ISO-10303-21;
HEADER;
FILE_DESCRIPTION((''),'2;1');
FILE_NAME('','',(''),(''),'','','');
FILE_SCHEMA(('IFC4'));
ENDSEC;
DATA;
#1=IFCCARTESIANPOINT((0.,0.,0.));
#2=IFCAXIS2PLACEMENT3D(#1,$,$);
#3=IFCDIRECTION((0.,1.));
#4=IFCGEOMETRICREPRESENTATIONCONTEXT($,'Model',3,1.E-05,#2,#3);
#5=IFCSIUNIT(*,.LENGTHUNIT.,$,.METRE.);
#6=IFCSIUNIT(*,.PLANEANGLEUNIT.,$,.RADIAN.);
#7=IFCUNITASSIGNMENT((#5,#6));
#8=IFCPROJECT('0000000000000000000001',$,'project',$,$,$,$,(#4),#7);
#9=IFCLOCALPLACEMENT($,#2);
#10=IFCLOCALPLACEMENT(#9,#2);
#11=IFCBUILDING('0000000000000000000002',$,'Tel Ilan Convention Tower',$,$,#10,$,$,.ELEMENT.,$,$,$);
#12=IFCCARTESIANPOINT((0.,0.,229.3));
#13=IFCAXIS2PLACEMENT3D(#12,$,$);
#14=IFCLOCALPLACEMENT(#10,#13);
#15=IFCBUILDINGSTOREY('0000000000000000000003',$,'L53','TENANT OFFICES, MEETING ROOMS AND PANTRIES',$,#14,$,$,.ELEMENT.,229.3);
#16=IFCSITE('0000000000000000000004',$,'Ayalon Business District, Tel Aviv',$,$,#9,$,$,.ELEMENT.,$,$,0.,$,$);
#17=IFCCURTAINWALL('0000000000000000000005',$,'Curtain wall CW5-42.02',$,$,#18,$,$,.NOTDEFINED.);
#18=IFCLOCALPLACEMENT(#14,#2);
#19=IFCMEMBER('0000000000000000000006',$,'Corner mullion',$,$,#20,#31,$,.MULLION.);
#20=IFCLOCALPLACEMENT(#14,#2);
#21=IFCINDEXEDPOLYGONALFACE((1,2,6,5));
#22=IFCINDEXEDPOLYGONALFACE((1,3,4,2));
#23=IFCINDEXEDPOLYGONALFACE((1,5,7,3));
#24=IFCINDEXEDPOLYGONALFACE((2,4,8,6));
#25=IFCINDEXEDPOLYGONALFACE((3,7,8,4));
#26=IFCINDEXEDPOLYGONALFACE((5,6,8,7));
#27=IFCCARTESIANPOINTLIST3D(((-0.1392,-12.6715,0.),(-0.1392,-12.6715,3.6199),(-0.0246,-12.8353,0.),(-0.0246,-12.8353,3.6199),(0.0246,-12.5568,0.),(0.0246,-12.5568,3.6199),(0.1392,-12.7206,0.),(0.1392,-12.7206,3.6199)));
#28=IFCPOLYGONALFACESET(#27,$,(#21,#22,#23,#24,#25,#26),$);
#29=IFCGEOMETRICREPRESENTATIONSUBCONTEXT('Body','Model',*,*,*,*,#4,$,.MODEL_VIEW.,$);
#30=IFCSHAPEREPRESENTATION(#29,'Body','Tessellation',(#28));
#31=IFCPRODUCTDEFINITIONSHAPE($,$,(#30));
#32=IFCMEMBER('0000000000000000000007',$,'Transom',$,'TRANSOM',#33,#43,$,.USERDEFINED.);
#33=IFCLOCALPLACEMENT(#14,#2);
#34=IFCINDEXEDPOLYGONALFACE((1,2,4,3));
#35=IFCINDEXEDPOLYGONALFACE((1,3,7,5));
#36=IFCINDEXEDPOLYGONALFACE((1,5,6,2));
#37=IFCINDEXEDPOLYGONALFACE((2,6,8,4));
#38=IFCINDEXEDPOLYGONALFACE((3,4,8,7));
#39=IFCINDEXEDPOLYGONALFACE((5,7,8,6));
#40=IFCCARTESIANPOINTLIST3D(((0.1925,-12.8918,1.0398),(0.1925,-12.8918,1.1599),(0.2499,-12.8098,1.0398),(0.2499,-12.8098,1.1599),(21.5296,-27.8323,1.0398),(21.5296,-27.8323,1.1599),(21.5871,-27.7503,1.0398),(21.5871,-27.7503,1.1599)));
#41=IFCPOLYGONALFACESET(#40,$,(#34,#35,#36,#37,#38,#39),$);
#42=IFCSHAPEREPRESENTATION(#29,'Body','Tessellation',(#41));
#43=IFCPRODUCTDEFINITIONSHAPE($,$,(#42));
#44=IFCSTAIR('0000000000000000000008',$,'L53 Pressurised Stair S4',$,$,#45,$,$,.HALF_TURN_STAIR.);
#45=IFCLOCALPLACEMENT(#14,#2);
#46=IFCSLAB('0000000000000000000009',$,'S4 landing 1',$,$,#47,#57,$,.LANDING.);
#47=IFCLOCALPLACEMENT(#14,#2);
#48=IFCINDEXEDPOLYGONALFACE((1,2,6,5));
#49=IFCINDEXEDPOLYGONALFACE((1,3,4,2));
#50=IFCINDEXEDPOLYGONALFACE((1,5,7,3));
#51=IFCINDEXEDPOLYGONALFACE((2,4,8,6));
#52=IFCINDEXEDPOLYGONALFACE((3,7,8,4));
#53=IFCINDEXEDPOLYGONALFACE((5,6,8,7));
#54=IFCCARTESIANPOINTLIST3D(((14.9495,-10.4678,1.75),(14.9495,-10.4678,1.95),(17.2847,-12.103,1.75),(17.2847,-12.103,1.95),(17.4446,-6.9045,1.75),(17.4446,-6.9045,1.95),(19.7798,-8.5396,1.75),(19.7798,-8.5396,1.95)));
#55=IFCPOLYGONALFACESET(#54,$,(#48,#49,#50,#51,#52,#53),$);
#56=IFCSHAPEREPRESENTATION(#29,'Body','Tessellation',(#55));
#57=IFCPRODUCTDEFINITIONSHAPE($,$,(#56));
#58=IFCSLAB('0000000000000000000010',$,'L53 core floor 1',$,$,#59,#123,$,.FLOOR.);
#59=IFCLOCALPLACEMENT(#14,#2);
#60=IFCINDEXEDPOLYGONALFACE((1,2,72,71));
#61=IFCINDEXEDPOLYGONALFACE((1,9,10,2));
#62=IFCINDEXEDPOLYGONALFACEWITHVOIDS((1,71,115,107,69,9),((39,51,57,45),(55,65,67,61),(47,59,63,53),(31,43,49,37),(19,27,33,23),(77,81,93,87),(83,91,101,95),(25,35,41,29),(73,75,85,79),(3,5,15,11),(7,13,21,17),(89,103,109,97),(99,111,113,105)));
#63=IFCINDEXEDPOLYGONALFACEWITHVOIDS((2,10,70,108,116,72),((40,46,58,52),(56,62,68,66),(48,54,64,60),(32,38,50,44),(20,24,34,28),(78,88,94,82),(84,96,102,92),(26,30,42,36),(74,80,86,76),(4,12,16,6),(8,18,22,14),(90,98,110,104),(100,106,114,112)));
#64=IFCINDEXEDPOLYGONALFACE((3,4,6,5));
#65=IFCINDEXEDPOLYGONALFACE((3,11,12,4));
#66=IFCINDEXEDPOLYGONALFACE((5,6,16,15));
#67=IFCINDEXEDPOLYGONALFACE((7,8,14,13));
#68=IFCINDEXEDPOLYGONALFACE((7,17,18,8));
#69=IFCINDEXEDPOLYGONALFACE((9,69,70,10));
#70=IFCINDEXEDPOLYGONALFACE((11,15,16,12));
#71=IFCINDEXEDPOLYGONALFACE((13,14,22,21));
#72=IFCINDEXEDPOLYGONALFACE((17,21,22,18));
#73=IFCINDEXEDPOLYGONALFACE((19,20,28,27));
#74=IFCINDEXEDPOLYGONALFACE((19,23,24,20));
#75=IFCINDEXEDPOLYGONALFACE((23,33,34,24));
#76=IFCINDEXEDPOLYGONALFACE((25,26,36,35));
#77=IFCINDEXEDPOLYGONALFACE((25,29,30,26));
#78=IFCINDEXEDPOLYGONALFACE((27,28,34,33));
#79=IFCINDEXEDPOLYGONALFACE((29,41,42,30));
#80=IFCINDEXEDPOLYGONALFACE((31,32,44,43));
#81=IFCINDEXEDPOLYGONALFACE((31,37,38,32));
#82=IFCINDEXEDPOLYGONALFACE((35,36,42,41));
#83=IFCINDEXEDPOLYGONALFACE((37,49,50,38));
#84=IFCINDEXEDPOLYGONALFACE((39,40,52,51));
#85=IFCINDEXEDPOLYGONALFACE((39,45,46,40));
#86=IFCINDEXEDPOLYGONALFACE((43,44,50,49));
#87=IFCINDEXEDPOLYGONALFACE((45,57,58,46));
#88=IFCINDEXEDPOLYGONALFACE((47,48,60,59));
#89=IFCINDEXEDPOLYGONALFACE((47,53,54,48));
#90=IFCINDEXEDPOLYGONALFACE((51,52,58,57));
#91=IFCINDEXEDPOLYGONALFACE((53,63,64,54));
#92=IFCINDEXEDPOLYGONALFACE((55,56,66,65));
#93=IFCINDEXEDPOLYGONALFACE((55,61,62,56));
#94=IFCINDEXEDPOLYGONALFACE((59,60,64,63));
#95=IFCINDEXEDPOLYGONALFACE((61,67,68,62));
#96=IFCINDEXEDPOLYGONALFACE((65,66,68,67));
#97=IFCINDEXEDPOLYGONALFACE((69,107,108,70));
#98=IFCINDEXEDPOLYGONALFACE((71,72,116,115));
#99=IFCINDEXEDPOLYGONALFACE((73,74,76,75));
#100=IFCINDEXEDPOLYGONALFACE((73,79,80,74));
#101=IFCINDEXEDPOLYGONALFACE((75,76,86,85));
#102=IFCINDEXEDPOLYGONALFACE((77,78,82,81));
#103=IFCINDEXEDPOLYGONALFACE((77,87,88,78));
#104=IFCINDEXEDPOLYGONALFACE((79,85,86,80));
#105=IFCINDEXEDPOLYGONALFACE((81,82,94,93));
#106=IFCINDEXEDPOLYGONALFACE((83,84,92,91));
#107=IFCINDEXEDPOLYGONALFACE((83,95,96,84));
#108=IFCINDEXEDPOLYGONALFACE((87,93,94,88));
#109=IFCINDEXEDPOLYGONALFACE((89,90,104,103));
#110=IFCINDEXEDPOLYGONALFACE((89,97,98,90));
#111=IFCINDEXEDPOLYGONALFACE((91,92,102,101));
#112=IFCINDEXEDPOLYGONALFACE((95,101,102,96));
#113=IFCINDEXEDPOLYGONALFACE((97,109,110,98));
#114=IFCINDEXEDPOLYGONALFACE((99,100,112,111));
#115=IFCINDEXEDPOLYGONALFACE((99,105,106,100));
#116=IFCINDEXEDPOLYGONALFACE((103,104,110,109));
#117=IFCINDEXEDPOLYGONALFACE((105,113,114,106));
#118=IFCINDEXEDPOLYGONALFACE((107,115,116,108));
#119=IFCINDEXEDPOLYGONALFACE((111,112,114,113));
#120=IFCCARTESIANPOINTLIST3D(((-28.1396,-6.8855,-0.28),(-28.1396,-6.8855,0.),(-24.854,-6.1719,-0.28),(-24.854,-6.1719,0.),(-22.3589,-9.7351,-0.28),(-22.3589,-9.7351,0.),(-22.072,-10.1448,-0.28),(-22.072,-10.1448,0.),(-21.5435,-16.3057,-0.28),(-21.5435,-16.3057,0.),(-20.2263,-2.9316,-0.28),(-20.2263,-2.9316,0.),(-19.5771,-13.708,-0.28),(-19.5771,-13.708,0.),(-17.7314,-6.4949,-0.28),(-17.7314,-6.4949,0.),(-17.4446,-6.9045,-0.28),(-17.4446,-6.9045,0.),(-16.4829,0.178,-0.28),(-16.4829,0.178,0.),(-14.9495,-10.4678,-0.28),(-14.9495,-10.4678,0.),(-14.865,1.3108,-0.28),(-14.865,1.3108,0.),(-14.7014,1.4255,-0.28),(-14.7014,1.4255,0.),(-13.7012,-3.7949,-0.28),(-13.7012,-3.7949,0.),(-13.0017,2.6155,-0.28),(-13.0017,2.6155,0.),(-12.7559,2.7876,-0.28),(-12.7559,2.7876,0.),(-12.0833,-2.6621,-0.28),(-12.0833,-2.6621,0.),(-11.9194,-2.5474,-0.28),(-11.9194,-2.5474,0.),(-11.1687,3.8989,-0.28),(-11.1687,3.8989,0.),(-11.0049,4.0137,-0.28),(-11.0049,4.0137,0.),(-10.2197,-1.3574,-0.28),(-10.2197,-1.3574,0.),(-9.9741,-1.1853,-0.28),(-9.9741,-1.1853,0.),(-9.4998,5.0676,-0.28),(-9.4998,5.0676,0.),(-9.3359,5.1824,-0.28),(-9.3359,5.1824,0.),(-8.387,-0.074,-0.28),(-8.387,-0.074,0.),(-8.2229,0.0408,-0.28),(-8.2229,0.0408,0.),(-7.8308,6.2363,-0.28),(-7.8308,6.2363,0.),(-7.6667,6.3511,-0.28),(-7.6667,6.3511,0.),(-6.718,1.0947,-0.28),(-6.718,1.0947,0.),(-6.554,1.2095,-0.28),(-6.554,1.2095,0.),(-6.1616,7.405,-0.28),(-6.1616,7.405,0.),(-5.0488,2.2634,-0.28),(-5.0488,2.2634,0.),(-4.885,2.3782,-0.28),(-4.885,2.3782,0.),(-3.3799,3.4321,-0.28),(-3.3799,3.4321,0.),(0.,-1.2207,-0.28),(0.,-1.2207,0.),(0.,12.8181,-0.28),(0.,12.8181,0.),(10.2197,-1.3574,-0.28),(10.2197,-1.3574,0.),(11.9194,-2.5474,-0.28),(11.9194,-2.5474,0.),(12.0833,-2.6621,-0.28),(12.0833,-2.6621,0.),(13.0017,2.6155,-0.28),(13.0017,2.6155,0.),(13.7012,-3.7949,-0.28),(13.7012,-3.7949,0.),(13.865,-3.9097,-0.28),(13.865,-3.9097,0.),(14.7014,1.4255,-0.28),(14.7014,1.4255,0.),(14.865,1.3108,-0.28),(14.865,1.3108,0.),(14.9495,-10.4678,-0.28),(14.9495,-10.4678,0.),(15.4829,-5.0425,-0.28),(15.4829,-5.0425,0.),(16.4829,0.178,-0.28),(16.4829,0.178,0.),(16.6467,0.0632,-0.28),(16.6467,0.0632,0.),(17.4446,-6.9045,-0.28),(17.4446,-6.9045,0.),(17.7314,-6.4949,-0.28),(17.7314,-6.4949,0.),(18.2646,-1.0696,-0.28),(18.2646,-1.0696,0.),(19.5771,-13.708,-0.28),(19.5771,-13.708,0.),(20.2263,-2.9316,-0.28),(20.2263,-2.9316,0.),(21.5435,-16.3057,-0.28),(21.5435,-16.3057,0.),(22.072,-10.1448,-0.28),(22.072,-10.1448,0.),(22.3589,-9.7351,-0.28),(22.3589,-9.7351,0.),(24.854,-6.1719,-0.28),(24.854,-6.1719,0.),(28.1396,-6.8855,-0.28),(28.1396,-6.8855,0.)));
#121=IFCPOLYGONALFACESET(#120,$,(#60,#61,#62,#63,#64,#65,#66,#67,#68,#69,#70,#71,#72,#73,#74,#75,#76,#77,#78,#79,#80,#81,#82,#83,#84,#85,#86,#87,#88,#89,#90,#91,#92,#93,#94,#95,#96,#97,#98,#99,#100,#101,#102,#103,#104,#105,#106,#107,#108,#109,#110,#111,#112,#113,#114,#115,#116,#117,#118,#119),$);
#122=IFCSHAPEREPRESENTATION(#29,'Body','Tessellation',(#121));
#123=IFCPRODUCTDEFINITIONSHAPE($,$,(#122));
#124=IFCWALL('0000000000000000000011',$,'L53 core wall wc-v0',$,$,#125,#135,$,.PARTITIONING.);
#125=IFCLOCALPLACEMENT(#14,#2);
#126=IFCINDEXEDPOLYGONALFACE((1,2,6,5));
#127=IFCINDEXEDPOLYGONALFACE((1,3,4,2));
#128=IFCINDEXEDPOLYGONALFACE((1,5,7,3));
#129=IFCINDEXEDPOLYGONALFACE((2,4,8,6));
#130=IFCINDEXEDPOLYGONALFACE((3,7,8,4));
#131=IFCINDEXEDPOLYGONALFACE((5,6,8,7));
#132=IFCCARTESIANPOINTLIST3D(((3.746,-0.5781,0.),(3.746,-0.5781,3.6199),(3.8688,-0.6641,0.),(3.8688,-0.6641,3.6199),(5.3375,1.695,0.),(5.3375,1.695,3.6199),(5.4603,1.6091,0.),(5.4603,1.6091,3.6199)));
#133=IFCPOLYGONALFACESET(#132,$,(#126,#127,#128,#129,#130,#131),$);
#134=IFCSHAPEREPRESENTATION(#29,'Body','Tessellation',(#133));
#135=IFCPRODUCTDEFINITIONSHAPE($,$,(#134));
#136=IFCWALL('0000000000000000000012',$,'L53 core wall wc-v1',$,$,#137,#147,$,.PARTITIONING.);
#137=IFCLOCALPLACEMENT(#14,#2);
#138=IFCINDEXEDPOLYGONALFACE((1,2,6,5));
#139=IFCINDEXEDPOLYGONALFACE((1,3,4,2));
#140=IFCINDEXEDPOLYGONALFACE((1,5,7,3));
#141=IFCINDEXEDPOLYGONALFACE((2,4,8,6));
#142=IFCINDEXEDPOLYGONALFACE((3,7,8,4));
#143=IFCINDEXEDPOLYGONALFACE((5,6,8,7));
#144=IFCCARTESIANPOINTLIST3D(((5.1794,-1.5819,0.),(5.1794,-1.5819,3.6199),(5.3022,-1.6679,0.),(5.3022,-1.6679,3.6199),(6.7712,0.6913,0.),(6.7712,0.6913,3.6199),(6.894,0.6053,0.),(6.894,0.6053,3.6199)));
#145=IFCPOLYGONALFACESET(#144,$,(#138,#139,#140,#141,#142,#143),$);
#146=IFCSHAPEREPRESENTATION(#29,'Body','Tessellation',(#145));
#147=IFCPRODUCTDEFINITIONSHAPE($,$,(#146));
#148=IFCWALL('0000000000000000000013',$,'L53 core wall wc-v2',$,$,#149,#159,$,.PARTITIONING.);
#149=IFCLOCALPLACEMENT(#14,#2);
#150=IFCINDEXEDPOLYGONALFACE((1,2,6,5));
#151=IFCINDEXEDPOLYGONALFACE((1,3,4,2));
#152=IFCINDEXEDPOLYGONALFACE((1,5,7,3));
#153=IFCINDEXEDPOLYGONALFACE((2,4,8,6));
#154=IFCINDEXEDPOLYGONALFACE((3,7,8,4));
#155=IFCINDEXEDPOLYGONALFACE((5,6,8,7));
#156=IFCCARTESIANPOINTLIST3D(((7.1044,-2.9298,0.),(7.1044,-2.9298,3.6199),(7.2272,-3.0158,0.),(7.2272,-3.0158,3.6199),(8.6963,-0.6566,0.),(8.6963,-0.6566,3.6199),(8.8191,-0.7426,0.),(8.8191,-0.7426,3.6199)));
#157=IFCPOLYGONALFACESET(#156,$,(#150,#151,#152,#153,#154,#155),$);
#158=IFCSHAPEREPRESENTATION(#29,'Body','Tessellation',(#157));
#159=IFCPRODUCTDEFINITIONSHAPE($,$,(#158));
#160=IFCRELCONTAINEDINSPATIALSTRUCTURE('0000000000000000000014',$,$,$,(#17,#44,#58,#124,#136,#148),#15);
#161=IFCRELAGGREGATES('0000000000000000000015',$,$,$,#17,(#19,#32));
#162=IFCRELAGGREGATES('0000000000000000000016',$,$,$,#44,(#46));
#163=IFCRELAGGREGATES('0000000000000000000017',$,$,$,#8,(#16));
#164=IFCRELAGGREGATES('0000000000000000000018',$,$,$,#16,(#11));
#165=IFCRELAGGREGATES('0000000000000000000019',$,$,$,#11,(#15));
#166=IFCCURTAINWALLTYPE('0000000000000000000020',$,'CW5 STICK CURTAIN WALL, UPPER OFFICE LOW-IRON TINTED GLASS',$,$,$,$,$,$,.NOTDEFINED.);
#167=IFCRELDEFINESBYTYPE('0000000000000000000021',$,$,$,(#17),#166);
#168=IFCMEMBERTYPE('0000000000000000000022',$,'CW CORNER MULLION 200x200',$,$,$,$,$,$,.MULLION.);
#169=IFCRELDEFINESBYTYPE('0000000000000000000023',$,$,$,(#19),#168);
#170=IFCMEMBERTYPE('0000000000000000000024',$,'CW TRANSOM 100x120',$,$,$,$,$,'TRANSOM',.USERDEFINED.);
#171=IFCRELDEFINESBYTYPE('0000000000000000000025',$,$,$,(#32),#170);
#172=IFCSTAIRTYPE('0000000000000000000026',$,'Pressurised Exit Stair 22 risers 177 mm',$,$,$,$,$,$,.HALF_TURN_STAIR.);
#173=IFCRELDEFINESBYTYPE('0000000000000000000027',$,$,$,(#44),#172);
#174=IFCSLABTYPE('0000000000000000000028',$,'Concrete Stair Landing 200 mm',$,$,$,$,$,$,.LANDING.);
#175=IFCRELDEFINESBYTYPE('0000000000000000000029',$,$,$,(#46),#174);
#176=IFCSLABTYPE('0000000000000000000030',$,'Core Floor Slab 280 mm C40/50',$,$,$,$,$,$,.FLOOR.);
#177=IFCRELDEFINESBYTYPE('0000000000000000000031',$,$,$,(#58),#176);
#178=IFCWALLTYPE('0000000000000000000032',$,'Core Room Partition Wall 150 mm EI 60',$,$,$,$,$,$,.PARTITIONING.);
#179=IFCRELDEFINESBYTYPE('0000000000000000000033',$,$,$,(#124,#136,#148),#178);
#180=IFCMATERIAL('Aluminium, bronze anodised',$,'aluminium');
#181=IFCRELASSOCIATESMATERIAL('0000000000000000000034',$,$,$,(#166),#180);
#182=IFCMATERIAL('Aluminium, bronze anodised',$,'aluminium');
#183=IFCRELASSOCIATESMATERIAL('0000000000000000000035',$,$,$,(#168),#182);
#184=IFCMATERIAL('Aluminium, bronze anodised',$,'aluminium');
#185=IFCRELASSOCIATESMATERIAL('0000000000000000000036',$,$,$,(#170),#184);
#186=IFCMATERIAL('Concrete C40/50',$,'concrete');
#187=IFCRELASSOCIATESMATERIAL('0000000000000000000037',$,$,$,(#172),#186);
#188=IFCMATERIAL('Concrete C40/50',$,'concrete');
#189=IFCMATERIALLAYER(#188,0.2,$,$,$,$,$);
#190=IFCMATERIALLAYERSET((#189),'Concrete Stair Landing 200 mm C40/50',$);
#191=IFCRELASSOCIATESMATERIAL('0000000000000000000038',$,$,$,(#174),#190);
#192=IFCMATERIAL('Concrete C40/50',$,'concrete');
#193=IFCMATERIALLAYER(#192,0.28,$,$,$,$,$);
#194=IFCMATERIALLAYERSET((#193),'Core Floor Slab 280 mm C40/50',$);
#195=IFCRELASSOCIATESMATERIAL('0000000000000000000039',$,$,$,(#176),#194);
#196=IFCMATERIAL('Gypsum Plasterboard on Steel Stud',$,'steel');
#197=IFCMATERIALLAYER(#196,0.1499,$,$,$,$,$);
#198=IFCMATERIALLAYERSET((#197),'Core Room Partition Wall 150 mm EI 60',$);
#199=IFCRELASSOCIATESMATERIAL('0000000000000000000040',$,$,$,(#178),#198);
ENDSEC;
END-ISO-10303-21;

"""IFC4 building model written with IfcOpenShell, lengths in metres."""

from ifc_helpers import new_model, si_unit, direction, frame, frame_2d, origin, origin_2d, place, context, subcontext, project, spatial, polyline, rectangle, outline, extrude, material, layer, layer_set, material_profile, profile_set, type_object, element, aggregate, save


model = new_model("IFC4")

# Units and contexts
model_context = context("Model", 3, precision=1e-05, world=origin(), true_north=direction((0.0, 1.0)))
body_context = subcontext(model_context, "Body", "Model", "MODEL_VIEW")
ifc_project = project(units=[si_unit("LENGTHUNIT", "METRE"), si_unit("PLANEANGLEUNIT", "RADIAN")], contexts=[model_context])

# Site, building, storey
site_placement = place(None, origin())
site = spatial("IfcSite", under=ifc_project, at=site_placement, Name="Ayalon Business District, Tel Aviv", CompositionType="ELEMENT", RefElevation=0.0)
building_placement = place(site_placement, origin())
building = spatial("IfcBuilding", under=site, at=building_placement, Name="Tel Ilan Convention Tower", CompositionType="ELEMENT")
storey_placement = place(building_placement, frame((0.0, 0.0, 229.3)))
storey = spatial("IfcBuildingStorey", under=building, at=storey_placement, Name="L53", Description="TENANT OFFICES, MEETING ROOMS AND PANTRIES", CompositionType="ELEMENT", Elevation=229.3)

# Curtain wall, members
ifc_material_1 = material(Name="Aluminium, bronze anodised", Category="aluminium")
curtain_wall_type = type_object("IfcCurtainWallType", Name="CW5 STICK CURTAIN WALL, UPPER OFFICE LOW-IRON TINTED GLASS", PredefinedType="NOTDEFINED", material=ifc_material_1)
curtain_wall_placement = place(storey_placement, origin())
curtain_wall = element("IfcCurtainWall", 1, at=curtain_wall_placement, inside=storey, type_object=curtain_wall_type, Name="Curtain wall CW5-42.02", PredefinedType="NOTDEFINED")
ifc_material_2 = material(Name="Aluminium, bronze anodised", Category="aluminium")
ifc_material_profile_1 = material_profile(ifc_material_2, rectangle(XDim=0.2, YDim=0.2, at=origin_2d()), Name="CW CORNER MULLION 200x200")
ifc_profile_set_1 = profile_set([ifc_material_profile_1], Name="Aluminium, bronze anodised")
member_type_1 = type_object("IfcMemberType", Name="CW CORNER MULLION 200x200", PredefinedType="MULLION", material=ifc_profile_set_1)
member_1_placement = place(storey_placement, frame((0.0, -12.696, 0.0), z_axis=(0.0, 0.0, 1.0), x_axis=(0.819152, 0.573576, 0.0)))
member_1 = element("IfcMember", 2, at=member_1_placement, type_object=member_type_1, Name="Corner mullion", PredefinedType="MULLION", context=body_context, shape_type="SweptSolid", body=[
    extrude(rectangle(XDim=0.2, YDim=0.2, at=origin_2d()), origin(), (0.0, 0.0, 1.0), 3.6199),
])
ifc_material_3 = material(Name="Aluminium, bronze anodised", Category="aluminium")
ifc_material_profile_2 = material_profile(ifc_material_3, rectangle(XDim=0.1001, YDim=0.1201, at=origin_2d()), Name="CW TRANSOM 100x120")
ifc_profile_set_2 = profile_set([ifc_material_profile_2], Name="Aluminium, bronze anodised")
member_type_2 = type_object("IfcMemberType", Name="CW TRANSOM 100x120", ElementType="TRANSOM", PredefinedType="USERDEFINED", material=ifc_profile_set_2)
member_2_placement = place(storey_placement, frame((0.2212, -12.8508, 1.0999), z_axis=(0.819152, -0.573576, 0.0), x_axis=(0.573576, 0.819152, 0.0)))
member_2 = element("IfcMember", 3, at=member_2_placement, type_object=member_type_2, Name="Transom", ObjectType="TRANSOM", PredefinedType="USERDEFINED", context=body_context, shape_type="SweptSolid", body=[
    extrude(rectangle(XDim=0.1001, YDim=0.1201, at=origin_2d()), origin(), (0.0, 0.0, 1.0), 26.0479),
])
aggregate(curtain_wall, [member_1, member_2])

# Stair, slab
ifc_material_4 = material(Name="Concrete C40/50", Category="concrete")
stair_type = type_object("IfcStairType", Name="Pressurised Exit Stair 22 risers 177 mm", PredefinedType="HALF_TURN_STAIR", material=ifc_material_4)
stair_placement = place(storey_placement, origin())
stair = element("IfcStair", 4, at=stair_placement, inside=storey, type_object=stair_type, Name="L53 Pressurised Stair S4", PredefinedType="HALF_TURN_STAIR")
ifc_material_5 = material(Name="Concrete C40/50", Category="concrete")
ifc_layer_1 = layer(ifc_material_5, 0.2)
ifc_layer_set_1 = layer_set([ifc_layer_1], Name="Concrete Stair Landing 200 mm C40/50")
slab_type_1 = type_object("IfcSlabType", Name="Concrete Stair Landing 200 mm", PredefinedType="LANDING", material=ifc_layer_set_1)
slab_1_placement = place(storey_placement, frame((0.0, 0.0, 1.75)))
slab_1 = element("IfcSlab", 5, at=slab_1_placement, type_object=slab_type_1, Name="S4 landing 1", PredefinedType="LANDING", context=body_context, shape_type="SweptSolid", body=[
    extrude(outline(polyline([(19.7798, -8.5396), (17.4446, -6.9045), (14.9495, -10.4678), (17.2847, -12.103), (19.7798, -8.5396)])), origin(), (0.0, 0.0, 1.0), 0.2),
])
aggregate(stair, [slab_1])

# Slab
ifc_material_6 = material(Name="Concrete C40/50", Category="concrete")
ifc_layer_2 = layer(ifc_material_6, 0.28)
ifc_layer_set_2 = layer_set([ifc_layer_2], Name="Core Floor Slab 280 mm C40/50")
slab_type_2 = type_object("IfcSlabType", Name="Core Floor Slab 280 mm C40/50", PredefinedType="FLOOR", material=ifc_layer_set_2)
slab_2_placement = place(storey_placement, frame((0.0, 0.0, -0.28)))
element("IfcSlab", 6, at=slab_2_placement, inside=storey, type_object=slab_type_2, Name="L53 core floor 1", PredefinedType="FLOOR", context=body_context, shape_type="SweptSolid", body=[
    extrude(outline(polyline([(-28.1396, -6.8855), (0.0, 12.8181), (28.1396, -6.8855), (21.5435, -16.3057), (0.0, -1.2207), (-21.5435, -16.3057), (-28.1396, -6.8855)]), holes=[polyline([(-17.4446, -6.9045), (-22.072, -10.1448), (-19.5771, -13.708), (-14.9495, -10.4678), (-17.4446, -6.9045)]), polyline([(-17.7314, -6.4949), (-20.2263, -2.9316), (-24.854, -6.1719), (-22.3589, -9.7351), (-17.7314, -6.4949)]), polyline([(-14.865, 1.3108), (-16.4829, 0.178), (-13.7012, -3.7949), (-12.0833, -2.6621), (-14.865, 1.3108)]), polyline([(-14.7014, 1.4255), (-11.9194, -2.5474), (-10.2197, -1.3574), (-13.0017, 2.6155), (-14.7014, 1.4255)]), polyline([(-11.1687, 3.8989), (-12.7559, 2.7876), (-9.9741, -1.1853), (-8.387, -0.074), (-11.1687, 3.8989)]), polyline([(-9.4998, 5.0676), (-11.0049, 4.0137), (-8.2229, 0.0408), (-6.718, 1.0947), (-9.4998, 5.0676)]), polyline([(-9.3359, 5.1824), (-6.554, 1.2095), (-5.0488, 2.2634), (-7.8308, 6.2363), (-9.3359, 5.1824)]), polyline([(17.4446, -6.9045), (14.9495, -10.4678), (19.5771, -13.708), (22.072, -10.1448), (17.4446, -6.9045)]), polyline([(20.2263, -2.9316), (17.7314, -6.4949), (22.3589, -9.7351), (24.854, -6.1719), (20.2263, -2.9316)]), polyline([(15.4829, -5.0425), (18.2646, -1.0696), (16.6467, 0.0632), (13.865, -3.9097), (15.4829, -5.0425)]), polyline([(13.7012, -3.7949), (16.4829, 0.178), (14.865, 1.3108), (12.0833, -2.6621), (13.7012, -3.7949)]), polyline([(11.9194, -2.5474), (14.7014, 1.4255), (13.0017, 2.6155), (10.2197, -1.3574), (11.9194, -2.5474)]), polyline([(-6.1616, 7.405), (-7.6667, 6.3511), (-4.885, 2.3782), (-3.3799, 3.4321), (-6.1616, 7.405)])]), origin(), (0.0, 0.0, 1.0), 0.28),
])

# Walls
ifc_material_7 = material(Name="Gypsum Plasterboard on Steel Stud", Category="steel")
ifc_layer_3 = layer(ifc_material_7, 0.1499)
ifc_layer_set_3 = layer_set([ifc_layer_3], Name="Core Room Partition Wall 150 mm EI 60")
wall_type_1 = type_object("IfcWallType", Name="Core Room Partition Wall 150 mm EI 60", PredefinedType="PARTITIONING", material=ifc_layer_set_3)
wall_1_placement = place(storey_placement, frame((3.8074, -0.6211, 0.0), z_axis=(0.0, 0.0, 1.0), x_axis=(0.573539, 0.819178, 0.0)))
element("IfcWall", 7, at=wall_1_placement, inside=storey, type_object=wall_type_1, Name="L53 core wall wc-v0", PredefinedType="PARTITIONING", context=body_context, shape_type="SweptSolid", body=[
    extrude(rectangle(XDim=2.7749, YDim=0.1499, at=frame_2d((1.3875, 0.0))), origin(), (0.0, 0.0, 1.0), 3.6199),
])
for number, where, z_axis, x_axis, name in (
    (8, (5.2407, -1.625, 0.0), (0.0, 0.0, 1.0), (0.573598, 0.819137, 0.0), "L53 core wall wc-v1"),
    (9, (7.1658, -2.9729, 0.0), (0.0, 0.0, 1.0), (0.573598, 0.819137, 0.0), "L53 core wall wc-v2"),
):
    element("IfcWall", number, at=place(storey_placement, frame(where, z_axis=z_axis, x_axis=x_axis)), inside=storey, type_object=wall_type_1, Name=name, PredefinedType="PARTITIONING", context=body_context, shape_type="SweptSolid", body=[
        extrude(rectangle(XDim=2.7751, YDim=0.1499, at=frame_2d((1.3877, 0.0))), origin(), (0.0, 0.0, 1.0), 3.6199),
    ])

save(model, "model.ifc")
